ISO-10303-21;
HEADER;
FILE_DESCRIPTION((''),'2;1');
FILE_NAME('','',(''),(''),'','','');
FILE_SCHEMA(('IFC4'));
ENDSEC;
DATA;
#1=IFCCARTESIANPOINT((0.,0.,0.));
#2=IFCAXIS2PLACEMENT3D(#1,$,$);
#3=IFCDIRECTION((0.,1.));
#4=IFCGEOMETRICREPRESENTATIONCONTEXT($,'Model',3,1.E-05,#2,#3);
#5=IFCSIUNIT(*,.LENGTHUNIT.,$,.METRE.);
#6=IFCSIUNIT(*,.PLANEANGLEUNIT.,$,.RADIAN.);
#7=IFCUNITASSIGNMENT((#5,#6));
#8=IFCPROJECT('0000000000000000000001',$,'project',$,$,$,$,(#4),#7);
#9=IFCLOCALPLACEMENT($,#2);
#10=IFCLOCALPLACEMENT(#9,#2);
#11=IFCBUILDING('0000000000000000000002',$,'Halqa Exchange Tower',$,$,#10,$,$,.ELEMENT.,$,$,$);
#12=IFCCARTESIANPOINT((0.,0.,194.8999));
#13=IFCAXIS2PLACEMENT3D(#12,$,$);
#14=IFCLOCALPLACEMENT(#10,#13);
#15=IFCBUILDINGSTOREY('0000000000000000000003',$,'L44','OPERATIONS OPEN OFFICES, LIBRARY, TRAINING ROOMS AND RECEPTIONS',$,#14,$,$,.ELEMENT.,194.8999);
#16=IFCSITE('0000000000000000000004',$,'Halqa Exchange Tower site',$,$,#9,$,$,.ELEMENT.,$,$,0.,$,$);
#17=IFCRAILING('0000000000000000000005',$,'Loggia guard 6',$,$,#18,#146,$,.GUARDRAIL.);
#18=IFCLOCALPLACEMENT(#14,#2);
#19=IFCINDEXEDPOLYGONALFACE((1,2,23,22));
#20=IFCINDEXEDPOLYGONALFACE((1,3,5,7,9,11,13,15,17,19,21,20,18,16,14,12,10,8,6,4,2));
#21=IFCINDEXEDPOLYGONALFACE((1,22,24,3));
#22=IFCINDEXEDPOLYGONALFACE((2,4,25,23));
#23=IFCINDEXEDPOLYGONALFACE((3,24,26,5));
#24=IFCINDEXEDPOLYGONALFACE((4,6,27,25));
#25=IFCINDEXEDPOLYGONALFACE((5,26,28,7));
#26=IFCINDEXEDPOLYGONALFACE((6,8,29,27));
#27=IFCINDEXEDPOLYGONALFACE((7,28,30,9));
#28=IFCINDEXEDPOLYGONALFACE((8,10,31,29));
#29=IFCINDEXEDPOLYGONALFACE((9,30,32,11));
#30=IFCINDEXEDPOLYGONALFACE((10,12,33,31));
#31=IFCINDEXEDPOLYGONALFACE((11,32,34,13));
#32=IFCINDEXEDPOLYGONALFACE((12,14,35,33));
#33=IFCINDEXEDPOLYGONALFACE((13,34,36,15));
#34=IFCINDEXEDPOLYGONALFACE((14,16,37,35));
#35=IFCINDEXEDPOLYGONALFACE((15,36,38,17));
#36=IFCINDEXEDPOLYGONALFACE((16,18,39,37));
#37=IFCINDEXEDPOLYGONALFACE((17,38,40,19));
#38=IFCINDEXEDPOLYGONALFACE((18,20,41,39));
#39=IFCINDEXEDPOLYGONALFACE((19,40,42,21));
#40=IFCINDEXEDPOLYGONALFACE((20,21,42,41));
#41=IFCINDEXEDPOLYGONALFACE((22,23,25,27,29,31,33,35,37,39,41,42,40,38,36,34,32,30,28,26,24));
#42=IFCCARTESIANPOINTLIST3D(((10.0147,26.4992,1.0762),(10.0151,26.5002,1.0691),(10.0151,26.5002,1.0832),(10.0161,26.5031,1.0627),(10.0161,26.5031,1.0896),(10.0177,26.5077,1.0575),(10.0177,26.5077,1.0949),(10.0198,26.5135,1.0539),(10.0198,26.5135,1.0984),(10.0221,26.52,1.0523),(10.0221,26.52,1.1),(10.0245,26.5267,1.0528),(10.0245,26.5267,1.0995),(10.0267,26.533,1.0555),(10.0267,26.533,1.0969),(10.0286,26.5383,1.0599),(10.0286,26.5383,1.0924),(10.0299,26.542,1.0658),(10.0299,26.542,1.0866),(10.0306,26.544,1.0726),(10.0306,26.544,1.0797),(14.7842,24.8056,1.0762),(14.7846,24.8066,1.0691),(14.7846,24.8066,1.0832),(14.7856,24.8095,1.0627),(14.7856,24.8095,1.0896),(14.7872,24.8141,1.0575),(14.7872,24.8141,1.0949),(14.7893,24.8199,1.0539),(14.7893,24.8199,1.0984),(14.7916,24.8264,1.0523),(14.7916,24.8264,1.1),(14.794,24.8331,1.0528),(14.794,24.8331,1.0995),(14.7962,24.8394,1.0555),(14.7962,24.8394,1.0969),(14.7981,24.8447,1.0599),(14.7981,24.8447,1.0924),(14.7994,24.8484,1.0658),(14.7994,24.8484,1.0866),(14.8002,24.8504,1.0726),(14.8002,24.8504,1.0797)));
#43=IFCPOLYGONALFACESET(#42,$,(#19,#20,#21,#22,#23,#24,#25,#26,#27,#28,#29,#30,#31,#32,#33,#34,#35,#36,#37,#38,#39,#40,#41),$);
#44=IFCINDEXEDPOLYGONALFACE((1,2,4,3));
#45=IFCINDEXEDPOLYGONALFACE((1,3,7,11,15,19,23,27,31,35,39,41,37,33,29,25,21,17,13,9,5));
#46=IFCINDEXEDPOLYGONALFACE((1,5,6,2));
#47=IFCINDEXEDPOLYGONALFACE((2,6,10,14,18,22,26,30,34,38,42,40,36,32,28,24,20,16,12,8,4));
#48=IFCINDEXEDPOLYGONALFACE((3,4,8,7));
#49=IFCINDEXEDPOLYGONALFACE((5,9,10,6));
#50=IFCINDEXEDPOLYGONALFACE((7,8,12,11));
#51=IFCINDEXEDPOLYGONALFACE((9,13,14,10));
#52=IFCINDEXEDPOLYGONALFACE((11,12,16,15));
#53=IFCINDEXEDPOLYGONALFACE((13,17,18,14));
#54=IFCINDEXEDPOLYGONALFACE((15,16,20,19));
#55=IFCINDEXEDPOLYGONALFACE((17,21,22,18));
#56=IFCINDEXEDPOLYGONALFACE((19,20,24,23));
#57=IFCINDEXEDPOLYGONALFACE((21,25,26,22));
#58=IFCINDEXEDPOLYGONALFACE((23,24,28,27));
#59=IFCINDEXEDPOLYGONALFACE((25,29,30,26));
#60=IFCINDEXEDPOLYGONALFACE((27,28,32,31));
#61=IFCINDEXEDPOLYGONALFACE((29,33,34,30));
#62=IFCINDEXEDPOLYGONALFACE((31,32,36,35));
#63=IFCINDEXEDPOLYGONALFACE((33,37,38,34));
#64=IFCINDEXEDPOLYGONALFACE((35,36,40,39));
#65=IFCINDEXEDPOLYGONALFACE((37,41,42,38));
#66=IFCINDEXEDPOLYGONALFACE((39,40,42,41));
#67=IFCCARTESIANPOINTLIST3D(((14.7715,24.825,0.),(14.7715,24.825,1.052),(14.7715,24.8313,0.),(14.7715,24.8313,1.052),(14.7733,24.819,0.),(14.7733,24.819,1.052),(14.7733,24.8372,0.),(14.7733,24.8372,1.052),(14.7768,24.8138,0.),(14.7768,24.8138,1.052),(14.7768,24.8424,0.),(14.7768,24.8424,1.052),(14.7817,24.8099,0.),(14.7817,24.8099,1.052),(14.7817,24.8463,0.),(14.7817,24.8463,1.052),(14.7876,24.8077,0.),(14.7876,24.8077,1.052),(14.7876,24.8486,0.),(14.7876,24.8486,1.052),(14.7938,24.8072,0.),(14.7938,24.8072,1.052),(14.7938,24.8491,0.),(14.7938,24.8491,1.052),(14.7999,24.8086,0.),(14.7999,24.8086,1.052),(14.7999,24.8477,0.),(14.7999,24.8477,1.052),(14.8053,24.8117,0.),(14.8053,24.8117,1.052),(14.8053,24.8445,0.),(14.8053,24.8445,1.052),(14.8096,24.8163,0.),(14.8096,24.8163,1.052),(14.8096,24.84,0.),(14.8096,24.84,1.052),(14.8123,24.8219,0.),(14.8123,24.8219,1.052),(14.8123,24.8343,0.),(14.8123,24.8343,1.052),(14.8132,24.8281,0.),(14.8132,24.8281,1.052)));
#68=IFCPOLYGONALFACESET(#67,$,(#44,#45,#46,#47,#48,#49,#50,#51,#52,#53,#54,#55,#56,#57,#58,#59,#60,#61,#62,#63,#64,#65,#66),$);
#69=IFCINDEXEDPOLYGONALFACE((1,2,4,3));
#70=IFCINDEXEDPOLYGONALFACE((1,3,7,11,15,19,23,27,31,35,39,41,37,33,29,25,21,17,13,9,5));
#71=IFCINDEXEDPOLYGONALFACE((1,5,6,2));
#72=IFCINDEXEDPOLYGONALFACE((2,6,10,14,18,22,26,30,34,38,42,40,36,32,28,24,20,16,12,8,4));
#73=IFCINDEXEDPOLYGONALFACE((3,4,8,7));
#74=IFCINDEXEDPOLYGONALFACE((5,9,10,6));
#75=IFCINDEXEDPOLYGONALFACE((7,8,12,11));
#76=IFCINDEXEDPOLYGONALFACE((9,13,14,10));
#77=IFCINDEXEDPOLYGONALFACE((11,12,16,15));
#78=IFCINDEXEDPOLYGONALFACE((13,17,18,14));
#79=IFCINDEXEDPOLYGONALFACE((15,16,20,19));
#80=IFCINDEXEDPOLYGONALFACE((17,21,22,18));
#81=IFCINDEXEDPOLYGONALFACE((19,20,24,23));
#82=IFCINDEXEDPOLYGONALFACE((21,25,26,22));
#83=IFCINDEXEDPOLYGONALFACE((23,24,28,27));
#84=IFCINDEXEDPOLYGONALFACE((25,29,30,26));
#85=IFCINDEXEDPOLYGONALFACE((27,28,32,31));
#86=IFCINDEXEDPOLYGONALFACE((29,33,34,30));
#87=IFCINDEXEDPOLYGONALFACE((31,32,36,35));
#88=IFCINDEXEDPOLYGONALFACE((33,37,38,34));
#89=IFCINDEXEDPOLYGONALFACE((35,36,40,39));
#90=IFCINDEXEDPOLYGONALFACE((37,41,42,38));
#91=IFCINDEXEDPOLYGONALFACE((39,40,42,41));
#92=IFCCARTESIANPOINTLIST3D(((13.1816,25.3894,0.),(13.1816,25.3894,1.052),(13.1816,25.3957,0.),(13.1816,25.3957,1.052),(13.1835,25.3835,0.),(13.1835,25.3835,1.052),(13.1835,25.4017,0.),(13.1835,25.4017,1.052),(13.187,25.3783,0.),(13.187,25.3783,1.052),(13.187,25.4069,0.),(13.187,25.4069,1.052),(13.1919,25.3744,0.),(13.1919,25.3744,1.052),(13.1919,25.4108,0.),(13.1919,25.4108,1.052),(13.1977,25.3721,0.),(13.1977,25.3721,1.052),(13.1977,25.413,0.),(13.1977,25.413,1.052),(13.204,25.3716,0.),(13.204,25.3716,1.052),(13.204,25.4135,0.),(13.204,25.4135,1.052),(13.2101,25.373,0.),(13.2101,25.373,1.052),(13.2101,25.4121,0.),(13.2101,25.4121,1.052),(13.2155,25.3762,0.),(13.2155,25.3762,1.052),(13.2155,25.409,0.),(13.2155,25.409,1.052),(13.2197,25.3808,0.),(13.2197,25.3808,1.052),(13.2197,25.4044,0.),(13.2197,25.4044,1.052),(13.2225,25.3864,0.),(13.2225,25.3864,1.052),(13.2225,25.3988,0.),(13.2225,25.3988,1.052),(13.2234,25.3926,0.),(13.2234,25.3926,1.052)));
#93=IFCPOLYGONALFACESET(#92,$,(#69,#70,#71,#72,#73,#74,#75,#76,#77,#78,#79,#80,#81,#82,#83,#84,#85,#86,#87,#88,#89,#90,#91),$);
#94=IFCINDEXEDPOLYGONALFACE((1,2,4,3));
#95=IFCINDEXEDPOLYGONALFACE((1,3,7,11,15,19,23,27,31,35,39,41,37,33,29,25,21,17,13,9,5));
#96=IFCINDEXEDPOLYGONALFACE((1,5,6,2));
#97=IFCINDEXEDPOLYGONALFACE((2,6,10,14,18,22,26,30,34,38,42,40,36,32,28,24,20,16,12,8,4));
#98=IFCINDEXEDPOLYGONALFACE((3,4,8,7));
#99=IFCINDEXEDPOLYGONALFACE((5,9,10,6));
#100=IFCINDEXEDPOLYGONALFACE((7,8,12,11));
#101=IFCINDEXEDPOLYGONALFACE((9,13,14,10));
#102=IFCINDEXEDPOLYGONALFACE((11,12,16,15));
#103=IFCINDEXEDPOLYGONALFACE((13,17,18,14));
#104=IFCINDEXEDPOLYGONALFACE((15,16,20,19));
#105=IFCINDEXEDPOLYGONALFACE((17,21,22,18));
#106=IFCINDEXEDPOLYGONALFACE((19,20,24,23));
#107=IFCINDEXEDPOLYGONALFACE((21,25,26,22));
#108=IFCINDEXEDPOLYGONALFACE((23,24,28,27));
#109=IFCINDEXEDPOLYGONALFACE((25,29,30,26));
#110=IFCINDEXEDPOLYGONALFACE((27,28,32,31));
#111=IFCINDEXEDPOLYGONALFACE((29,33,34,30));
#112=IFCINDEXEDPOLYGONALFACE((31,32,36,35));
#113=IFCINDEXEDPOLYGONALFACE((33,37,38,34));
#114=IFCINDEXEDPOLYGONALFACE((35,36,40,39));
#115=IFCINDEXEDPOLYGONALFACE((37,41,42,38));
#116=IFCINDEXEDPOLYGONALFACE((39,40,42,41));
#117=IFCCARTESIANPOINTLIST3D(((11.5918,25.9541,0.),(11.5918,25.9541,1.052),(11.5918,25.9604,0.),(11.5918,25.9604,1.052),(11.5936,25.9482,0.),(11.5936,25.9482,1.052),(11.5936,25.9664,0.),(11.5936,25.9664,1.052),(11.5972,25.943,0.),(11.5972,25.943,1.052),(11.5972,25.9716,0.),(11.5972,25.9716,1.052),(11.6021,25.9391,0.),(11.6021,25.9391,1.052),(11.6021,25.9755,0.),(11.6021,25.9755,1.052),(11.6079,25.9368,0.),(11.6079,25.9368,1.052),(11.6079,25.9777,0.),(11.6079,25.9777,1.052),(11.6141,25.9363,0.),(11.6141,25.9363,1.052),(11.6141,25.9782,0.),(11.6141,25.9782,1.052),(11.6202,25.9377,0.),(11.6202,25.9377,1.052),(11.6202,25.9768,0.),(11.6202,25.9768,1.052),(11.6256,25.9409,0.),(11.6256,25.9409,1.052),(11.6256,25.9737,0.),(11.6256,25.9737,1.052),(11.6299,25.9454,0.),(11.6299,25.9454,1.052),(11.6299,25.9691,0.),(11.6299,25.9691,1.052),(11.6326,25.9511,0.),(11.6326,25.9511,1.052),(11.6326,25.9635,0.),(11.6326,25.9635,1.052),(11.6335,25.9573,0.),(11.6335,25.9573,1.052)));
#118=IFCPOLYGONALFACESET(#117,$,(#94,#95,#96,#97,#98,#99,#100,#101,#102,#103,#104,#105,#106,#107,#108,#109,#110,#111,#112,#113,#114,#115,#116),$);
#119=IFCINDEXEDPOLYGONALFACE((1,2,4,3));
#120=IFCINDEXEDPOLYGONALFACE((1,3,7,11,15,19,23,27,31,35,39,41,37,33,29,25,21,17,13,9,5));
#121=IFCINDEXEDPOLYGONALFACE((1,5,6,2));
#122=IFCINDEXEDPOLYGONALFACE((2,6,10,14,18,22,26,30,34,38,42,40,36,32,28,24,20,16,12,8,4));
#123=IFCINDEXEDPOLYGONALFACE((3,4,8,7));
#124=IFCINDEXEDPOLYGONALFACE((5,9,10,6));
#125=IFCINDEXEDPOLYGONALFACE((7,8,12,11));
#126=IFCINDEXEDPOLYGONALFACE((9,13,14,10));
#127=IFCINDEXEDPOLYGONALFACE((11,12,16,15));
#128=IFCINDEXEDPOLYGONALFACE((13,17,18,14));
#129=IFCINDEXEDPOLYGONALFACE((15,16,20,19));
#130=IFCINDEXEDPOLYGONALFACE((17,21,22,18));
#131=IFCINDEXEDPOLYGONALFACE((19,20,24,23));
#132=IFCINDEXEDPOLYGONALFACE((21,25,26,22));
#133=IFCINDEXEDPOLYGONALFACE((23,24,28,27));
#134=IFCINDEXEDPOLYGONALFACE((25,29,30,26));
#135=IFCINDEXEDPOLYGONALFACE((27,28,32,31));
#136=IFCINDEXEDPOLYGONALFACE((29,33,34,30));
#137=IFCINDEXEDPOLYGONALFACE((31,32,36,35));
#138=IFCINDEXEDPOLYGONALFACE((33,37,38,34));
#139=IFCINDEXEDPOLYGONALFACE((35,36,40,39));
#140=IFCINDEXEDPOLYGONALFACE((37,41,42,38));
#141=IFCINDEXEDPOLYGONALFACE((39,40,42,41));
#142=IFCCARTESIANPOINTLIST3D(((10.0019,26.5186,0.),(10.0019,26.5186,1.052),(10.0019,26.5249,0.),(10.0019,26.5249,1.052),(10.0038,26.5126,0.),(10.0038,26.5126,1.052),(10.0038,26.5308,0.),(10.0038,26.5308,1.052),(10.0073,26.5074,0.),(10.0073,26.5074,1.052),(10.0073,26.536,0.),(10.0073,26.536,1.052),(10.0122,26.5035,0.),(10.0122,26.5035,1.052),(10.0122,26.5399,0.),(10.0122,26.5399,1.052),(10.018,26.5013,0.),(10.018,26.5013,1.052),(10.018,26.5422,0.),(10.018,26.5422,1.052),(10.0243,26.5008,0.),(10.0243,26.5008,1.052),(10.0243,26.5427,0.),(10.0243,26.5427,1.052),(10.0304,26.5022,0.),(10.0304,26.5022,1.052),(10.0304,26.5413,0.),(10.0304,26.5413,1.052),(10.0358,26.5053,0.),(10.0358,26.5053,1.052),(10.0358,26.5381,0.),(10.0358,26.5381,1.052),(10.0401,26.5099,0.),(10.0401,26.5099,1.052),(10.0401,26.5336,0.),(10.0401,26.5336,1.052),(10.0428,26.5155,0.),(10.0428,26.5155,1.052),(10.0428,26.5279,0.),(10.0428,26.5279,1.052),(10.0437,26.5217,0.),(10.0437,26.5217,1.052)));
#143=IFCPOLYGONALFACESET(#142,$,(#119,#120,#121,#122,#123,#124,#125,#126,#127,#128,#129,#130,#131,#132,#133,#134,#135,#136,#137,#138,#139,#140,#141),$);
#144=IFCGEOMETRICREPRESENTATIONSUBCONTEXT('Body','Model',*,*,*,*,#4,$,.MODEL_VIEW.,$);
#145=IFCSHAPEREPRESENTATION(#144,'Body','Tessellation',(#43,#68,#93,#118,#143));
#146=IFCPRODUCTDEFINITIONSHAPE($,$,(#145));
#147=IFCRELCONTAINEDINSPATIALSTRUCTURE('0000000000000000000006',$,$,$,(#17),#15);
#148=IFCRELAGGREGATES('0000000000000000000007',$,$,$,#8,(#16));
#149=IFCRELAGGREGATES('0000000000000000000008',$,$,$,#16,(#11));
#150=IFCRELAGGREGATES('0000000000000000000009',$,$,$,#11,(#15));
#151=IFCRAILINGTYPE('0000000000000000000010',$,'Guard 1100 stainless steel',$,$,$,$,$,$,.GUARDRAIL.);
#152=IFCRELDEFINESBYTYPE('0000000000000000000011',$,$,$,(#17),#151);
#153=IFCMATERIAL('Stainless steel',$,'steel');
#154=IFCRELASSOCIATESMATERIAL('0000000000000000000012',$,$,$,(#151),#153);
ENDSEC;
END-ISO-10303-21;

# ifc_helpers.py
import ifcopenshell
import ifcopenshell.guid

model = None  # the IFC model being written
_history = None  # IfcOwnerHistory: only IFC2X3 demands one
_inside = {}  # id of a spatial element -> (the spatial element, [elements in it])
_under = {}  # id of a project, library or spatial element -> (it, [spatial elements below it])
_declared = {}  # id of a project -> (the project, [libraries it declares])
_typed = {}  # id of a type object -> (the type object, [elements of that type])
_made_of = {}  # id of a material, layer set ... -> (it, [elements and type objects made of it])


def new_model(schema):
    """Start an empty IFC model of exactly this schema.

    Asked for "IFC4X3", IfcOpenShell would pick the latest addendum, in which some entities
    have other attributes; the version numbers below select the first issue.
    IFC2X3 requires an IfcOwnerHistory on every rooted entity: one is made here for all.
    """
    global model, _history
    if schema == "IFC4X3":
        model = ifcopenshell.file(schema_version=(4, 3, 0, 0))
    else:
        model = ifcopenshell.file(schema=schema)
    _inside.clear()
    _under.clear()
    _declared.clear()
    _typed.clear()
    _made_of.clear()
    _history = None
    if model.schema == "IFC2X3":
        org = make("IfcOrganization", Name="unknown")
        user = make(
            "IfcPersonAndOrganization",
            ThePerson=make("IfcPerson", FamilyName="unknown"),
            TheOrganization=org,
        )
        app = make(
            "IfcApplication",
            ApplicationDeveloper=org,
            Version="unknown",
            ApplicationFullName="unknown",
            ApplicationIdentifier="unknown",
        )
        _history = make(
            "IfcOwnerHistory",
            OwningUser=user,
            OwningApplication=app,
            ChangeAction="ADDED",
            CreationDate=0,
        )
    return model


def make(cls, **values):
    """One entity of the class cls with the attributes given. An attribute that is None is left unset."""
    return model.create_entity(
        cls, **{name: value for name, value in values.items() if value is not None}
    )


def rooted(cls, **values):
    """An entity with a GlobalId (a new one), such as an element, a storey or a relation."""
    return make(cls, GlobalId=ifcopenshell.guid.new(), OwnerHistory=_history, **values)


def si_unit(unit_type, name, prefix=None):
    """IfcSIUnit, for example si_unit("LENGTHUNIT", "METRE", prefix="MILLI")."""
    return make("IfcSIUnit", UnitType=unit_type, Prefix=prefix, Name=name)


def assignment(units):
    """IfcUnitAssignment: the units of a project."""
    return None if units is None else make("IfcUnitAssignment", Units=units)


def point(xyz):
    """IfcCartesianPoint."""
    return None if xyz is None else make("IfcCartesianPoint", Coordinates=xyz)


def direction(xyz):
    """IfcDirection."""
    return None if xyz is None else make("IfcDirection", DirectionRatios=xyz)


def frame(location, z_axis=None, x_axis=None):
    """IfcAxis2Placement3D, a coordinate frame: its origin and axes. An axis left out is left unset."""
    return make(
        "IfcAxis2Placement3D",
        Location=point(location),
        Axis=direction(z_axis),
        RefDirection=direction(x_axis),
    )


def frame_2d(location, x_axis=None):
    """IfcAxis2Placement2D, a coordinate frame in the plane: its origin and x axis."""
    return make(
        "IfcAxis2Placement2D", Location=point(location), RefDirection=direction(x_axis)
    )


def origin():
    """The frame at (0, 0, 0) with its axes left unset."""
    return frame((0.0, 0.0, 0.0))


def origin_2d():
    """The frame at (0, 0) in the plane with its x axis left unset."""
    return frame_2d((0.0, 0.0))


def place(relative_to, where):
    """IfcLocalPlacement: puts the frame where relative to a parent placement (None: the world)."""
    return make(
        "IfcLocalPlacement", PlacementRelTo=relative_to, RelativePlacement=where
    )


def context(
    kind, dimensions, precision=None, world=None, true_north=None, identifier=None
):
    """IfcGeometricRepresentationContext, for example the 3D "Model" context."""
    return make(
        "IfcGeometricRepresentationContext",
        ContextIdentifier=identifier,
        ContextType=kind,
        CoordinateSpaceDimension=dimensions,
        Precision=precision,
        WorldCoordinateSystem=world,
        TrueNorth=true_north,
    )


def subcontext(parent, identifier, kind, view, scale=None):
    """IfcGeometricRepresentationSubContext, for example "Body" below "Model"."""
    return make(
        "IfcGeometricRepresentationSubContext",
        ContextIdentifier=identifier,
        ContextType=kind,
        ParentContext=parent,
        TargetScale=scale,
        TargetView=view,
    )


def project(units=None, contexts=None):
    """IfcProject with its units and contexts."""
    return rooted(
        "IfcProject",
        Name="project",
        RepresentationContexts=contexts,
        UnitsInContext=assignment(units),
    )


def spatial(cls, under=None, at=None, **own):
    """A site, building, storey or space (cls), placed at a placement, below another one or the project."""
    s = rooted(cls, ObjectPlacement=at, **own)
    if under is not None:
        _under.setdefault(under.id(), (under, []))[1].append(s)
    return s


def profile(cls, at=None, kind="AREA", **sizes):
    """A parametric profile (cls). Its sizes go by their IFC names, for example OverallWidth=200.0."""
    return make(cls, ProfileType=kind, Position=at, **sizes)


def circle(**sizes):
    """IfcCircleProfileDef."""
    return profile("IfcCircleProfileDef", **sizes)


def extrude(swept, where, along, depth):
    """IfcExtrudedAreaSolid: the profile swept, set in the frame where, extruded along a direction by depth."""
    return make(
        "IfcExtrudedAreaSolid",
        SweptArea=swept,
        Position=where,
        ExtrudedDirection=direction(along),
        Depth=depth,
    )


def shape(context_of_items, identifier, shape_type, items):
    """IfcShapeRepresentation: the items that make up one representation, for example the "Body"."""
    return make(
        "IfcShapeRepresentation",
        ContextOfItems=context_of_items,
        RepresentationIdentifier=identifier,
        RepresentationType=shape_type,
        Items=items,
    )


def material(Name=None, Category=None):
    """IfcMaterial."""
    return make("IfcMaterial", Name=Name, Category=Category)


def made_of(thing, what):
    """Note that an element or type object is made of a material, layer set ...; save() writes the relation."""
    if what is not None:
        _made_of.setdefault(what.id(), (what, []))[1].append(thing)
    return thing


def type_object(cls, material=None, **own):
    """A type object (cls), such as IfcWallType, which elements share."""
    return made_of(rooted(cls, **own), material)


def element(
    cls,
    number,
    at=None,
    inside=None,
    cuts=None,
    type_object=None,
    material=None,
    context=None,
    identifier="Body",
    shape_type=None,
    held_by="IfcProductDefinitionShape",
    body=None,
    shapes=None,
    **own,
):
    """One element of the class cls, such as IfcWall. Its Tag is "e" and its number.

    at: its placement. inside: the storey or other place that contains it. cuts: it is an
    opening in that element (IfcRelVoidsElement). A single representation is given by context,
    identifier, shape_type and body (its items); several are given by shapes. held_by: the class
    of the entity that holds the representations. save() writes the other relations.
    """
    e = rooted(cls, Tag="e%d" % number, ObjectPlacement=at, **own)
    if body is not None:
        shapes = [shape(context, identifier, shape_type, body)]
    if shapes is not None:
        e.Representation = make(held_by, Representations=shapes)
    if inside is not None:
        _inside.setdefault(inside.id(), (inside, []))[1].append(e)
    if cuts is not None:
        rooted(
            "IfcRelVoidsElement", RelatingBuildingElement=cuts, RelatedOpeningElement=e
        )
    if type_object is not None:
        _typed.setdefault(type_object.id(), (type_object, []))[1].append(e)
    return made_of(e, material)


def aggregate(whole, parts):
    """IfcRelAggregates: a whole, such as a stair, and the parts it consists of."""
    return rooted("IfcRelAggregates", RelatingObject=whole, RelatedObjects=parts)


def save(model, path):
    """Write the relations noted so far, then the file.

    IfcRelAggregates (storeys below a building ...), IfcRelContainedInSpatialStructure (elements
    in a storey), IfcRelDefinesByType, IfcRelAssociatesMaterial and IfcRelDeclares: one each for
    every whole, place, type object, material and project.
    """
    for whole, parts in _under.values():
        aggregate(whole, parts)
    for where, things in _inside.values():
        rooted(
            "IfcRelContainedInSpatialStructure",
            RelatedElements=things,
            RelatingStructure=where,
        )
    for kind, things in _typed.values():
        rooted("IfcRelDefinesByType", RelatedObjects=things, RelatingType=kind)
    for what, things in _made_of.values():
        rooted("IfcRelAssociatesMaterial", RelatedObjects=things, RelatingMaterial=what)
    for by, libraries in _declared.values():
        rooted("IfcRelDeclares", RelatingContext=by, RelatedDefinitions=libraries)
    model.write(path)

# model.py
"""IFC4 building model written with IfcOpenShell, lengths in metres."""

from ifc_helpers import new_model, si_unit, direction, frame, origin, origin_2d, place, context, subcontext, project, spatial, circle, extrude, material, type_object, element, save


model = new_model("IFC4")

# Units and contexts
model_context = context("Model", 3, precision=1e-05, world=origin(), true_north=direction((0.0, 1.0)))
body_context = subcontext(model_context, "Body", "Model", "MODEL_VIEW")
ifc_project = project(units=[si_unit("LENGTHUNIT", "METRE"), si_unit("PLANEANGLEUNIT", "RADIAN")], contexts=[model_context])

# Site, building, storey
site_placement = place(None, origin())
site = spatial("IfcSite", under=ifc_project, at=site_placement, Name="Halqa Exchange Tower site", CompositionType="ELEMENT", RefElevation=0.0)
building_placement = place(site_placement, origin())
building = spatial("IfcBuilding", under=site, at=building_placement, Name="Halqa Exchange Tower", CompositionType="ELEMENT")
storey_placement = place(building_placement, frame((0.0, 0.0, 194.8999)))
storey = spatial("IfcBuildingStorey", under=building, at=storey_placement, Name="L44", Description="OPERATIONS OPEN OFFICES, LIBRARY, TRAINING ROOMS AND RECEPTIONS", CompositionType="ELEMENT", Elevation=194.8999)

# Railing
ifc_material_1 = material(Name="Stainless steel", Category="steel")
railing_type = type_object("IfcRailingType", Name="Guard 1100 stainless steel", PredefinedType="GUARDRAIL", material=ifc_material_1)
railing_1_placement = place(storey_placement, frame((14.7922, 24.8281, 0.0)))
element("IfcRailing", 1, at=railing_1_placement, inside=storey, type_object=railing_type, Name="Loggia guard 6", PredefinedType="GUARDRAIL", context=body_context, shape_type="SweptSolid", body=[
    extrude(circle(Radius=0.0239, at=origin_2d()), frame((0.0, 0.0, 1.0762), z_axis=(-0.942354, 0.334619, 0.0), x_axis=(-0.334619, -0.942354, 0.0)), (0.0, 0.0, 1.0), 5.0613),
    extrude(circle(Radius=0.021, at=origin_2d()), origin(), (0.0, 0.0, 1.0), 1.052),
    extrude(circle(Radius=0.021, at=origin_2d()), frame((-1.5898, 0.5645, 0.0)), (0.0, 0.0, 1.0), 1.052),
    extrude(circle(Radius=0.021, at=origin_2d()), frame((-3.1797, 1.1292, 0.0)), (0.0, 0.0, 1.0), 1.052),
    extrude(circle(Radius=0.021, at=origin_2d()), frame((-4.7695, 1.6936, 0.0)), (0.0, 0.0, 1.0), 1.052),
])

save(model, "model.ifc")
